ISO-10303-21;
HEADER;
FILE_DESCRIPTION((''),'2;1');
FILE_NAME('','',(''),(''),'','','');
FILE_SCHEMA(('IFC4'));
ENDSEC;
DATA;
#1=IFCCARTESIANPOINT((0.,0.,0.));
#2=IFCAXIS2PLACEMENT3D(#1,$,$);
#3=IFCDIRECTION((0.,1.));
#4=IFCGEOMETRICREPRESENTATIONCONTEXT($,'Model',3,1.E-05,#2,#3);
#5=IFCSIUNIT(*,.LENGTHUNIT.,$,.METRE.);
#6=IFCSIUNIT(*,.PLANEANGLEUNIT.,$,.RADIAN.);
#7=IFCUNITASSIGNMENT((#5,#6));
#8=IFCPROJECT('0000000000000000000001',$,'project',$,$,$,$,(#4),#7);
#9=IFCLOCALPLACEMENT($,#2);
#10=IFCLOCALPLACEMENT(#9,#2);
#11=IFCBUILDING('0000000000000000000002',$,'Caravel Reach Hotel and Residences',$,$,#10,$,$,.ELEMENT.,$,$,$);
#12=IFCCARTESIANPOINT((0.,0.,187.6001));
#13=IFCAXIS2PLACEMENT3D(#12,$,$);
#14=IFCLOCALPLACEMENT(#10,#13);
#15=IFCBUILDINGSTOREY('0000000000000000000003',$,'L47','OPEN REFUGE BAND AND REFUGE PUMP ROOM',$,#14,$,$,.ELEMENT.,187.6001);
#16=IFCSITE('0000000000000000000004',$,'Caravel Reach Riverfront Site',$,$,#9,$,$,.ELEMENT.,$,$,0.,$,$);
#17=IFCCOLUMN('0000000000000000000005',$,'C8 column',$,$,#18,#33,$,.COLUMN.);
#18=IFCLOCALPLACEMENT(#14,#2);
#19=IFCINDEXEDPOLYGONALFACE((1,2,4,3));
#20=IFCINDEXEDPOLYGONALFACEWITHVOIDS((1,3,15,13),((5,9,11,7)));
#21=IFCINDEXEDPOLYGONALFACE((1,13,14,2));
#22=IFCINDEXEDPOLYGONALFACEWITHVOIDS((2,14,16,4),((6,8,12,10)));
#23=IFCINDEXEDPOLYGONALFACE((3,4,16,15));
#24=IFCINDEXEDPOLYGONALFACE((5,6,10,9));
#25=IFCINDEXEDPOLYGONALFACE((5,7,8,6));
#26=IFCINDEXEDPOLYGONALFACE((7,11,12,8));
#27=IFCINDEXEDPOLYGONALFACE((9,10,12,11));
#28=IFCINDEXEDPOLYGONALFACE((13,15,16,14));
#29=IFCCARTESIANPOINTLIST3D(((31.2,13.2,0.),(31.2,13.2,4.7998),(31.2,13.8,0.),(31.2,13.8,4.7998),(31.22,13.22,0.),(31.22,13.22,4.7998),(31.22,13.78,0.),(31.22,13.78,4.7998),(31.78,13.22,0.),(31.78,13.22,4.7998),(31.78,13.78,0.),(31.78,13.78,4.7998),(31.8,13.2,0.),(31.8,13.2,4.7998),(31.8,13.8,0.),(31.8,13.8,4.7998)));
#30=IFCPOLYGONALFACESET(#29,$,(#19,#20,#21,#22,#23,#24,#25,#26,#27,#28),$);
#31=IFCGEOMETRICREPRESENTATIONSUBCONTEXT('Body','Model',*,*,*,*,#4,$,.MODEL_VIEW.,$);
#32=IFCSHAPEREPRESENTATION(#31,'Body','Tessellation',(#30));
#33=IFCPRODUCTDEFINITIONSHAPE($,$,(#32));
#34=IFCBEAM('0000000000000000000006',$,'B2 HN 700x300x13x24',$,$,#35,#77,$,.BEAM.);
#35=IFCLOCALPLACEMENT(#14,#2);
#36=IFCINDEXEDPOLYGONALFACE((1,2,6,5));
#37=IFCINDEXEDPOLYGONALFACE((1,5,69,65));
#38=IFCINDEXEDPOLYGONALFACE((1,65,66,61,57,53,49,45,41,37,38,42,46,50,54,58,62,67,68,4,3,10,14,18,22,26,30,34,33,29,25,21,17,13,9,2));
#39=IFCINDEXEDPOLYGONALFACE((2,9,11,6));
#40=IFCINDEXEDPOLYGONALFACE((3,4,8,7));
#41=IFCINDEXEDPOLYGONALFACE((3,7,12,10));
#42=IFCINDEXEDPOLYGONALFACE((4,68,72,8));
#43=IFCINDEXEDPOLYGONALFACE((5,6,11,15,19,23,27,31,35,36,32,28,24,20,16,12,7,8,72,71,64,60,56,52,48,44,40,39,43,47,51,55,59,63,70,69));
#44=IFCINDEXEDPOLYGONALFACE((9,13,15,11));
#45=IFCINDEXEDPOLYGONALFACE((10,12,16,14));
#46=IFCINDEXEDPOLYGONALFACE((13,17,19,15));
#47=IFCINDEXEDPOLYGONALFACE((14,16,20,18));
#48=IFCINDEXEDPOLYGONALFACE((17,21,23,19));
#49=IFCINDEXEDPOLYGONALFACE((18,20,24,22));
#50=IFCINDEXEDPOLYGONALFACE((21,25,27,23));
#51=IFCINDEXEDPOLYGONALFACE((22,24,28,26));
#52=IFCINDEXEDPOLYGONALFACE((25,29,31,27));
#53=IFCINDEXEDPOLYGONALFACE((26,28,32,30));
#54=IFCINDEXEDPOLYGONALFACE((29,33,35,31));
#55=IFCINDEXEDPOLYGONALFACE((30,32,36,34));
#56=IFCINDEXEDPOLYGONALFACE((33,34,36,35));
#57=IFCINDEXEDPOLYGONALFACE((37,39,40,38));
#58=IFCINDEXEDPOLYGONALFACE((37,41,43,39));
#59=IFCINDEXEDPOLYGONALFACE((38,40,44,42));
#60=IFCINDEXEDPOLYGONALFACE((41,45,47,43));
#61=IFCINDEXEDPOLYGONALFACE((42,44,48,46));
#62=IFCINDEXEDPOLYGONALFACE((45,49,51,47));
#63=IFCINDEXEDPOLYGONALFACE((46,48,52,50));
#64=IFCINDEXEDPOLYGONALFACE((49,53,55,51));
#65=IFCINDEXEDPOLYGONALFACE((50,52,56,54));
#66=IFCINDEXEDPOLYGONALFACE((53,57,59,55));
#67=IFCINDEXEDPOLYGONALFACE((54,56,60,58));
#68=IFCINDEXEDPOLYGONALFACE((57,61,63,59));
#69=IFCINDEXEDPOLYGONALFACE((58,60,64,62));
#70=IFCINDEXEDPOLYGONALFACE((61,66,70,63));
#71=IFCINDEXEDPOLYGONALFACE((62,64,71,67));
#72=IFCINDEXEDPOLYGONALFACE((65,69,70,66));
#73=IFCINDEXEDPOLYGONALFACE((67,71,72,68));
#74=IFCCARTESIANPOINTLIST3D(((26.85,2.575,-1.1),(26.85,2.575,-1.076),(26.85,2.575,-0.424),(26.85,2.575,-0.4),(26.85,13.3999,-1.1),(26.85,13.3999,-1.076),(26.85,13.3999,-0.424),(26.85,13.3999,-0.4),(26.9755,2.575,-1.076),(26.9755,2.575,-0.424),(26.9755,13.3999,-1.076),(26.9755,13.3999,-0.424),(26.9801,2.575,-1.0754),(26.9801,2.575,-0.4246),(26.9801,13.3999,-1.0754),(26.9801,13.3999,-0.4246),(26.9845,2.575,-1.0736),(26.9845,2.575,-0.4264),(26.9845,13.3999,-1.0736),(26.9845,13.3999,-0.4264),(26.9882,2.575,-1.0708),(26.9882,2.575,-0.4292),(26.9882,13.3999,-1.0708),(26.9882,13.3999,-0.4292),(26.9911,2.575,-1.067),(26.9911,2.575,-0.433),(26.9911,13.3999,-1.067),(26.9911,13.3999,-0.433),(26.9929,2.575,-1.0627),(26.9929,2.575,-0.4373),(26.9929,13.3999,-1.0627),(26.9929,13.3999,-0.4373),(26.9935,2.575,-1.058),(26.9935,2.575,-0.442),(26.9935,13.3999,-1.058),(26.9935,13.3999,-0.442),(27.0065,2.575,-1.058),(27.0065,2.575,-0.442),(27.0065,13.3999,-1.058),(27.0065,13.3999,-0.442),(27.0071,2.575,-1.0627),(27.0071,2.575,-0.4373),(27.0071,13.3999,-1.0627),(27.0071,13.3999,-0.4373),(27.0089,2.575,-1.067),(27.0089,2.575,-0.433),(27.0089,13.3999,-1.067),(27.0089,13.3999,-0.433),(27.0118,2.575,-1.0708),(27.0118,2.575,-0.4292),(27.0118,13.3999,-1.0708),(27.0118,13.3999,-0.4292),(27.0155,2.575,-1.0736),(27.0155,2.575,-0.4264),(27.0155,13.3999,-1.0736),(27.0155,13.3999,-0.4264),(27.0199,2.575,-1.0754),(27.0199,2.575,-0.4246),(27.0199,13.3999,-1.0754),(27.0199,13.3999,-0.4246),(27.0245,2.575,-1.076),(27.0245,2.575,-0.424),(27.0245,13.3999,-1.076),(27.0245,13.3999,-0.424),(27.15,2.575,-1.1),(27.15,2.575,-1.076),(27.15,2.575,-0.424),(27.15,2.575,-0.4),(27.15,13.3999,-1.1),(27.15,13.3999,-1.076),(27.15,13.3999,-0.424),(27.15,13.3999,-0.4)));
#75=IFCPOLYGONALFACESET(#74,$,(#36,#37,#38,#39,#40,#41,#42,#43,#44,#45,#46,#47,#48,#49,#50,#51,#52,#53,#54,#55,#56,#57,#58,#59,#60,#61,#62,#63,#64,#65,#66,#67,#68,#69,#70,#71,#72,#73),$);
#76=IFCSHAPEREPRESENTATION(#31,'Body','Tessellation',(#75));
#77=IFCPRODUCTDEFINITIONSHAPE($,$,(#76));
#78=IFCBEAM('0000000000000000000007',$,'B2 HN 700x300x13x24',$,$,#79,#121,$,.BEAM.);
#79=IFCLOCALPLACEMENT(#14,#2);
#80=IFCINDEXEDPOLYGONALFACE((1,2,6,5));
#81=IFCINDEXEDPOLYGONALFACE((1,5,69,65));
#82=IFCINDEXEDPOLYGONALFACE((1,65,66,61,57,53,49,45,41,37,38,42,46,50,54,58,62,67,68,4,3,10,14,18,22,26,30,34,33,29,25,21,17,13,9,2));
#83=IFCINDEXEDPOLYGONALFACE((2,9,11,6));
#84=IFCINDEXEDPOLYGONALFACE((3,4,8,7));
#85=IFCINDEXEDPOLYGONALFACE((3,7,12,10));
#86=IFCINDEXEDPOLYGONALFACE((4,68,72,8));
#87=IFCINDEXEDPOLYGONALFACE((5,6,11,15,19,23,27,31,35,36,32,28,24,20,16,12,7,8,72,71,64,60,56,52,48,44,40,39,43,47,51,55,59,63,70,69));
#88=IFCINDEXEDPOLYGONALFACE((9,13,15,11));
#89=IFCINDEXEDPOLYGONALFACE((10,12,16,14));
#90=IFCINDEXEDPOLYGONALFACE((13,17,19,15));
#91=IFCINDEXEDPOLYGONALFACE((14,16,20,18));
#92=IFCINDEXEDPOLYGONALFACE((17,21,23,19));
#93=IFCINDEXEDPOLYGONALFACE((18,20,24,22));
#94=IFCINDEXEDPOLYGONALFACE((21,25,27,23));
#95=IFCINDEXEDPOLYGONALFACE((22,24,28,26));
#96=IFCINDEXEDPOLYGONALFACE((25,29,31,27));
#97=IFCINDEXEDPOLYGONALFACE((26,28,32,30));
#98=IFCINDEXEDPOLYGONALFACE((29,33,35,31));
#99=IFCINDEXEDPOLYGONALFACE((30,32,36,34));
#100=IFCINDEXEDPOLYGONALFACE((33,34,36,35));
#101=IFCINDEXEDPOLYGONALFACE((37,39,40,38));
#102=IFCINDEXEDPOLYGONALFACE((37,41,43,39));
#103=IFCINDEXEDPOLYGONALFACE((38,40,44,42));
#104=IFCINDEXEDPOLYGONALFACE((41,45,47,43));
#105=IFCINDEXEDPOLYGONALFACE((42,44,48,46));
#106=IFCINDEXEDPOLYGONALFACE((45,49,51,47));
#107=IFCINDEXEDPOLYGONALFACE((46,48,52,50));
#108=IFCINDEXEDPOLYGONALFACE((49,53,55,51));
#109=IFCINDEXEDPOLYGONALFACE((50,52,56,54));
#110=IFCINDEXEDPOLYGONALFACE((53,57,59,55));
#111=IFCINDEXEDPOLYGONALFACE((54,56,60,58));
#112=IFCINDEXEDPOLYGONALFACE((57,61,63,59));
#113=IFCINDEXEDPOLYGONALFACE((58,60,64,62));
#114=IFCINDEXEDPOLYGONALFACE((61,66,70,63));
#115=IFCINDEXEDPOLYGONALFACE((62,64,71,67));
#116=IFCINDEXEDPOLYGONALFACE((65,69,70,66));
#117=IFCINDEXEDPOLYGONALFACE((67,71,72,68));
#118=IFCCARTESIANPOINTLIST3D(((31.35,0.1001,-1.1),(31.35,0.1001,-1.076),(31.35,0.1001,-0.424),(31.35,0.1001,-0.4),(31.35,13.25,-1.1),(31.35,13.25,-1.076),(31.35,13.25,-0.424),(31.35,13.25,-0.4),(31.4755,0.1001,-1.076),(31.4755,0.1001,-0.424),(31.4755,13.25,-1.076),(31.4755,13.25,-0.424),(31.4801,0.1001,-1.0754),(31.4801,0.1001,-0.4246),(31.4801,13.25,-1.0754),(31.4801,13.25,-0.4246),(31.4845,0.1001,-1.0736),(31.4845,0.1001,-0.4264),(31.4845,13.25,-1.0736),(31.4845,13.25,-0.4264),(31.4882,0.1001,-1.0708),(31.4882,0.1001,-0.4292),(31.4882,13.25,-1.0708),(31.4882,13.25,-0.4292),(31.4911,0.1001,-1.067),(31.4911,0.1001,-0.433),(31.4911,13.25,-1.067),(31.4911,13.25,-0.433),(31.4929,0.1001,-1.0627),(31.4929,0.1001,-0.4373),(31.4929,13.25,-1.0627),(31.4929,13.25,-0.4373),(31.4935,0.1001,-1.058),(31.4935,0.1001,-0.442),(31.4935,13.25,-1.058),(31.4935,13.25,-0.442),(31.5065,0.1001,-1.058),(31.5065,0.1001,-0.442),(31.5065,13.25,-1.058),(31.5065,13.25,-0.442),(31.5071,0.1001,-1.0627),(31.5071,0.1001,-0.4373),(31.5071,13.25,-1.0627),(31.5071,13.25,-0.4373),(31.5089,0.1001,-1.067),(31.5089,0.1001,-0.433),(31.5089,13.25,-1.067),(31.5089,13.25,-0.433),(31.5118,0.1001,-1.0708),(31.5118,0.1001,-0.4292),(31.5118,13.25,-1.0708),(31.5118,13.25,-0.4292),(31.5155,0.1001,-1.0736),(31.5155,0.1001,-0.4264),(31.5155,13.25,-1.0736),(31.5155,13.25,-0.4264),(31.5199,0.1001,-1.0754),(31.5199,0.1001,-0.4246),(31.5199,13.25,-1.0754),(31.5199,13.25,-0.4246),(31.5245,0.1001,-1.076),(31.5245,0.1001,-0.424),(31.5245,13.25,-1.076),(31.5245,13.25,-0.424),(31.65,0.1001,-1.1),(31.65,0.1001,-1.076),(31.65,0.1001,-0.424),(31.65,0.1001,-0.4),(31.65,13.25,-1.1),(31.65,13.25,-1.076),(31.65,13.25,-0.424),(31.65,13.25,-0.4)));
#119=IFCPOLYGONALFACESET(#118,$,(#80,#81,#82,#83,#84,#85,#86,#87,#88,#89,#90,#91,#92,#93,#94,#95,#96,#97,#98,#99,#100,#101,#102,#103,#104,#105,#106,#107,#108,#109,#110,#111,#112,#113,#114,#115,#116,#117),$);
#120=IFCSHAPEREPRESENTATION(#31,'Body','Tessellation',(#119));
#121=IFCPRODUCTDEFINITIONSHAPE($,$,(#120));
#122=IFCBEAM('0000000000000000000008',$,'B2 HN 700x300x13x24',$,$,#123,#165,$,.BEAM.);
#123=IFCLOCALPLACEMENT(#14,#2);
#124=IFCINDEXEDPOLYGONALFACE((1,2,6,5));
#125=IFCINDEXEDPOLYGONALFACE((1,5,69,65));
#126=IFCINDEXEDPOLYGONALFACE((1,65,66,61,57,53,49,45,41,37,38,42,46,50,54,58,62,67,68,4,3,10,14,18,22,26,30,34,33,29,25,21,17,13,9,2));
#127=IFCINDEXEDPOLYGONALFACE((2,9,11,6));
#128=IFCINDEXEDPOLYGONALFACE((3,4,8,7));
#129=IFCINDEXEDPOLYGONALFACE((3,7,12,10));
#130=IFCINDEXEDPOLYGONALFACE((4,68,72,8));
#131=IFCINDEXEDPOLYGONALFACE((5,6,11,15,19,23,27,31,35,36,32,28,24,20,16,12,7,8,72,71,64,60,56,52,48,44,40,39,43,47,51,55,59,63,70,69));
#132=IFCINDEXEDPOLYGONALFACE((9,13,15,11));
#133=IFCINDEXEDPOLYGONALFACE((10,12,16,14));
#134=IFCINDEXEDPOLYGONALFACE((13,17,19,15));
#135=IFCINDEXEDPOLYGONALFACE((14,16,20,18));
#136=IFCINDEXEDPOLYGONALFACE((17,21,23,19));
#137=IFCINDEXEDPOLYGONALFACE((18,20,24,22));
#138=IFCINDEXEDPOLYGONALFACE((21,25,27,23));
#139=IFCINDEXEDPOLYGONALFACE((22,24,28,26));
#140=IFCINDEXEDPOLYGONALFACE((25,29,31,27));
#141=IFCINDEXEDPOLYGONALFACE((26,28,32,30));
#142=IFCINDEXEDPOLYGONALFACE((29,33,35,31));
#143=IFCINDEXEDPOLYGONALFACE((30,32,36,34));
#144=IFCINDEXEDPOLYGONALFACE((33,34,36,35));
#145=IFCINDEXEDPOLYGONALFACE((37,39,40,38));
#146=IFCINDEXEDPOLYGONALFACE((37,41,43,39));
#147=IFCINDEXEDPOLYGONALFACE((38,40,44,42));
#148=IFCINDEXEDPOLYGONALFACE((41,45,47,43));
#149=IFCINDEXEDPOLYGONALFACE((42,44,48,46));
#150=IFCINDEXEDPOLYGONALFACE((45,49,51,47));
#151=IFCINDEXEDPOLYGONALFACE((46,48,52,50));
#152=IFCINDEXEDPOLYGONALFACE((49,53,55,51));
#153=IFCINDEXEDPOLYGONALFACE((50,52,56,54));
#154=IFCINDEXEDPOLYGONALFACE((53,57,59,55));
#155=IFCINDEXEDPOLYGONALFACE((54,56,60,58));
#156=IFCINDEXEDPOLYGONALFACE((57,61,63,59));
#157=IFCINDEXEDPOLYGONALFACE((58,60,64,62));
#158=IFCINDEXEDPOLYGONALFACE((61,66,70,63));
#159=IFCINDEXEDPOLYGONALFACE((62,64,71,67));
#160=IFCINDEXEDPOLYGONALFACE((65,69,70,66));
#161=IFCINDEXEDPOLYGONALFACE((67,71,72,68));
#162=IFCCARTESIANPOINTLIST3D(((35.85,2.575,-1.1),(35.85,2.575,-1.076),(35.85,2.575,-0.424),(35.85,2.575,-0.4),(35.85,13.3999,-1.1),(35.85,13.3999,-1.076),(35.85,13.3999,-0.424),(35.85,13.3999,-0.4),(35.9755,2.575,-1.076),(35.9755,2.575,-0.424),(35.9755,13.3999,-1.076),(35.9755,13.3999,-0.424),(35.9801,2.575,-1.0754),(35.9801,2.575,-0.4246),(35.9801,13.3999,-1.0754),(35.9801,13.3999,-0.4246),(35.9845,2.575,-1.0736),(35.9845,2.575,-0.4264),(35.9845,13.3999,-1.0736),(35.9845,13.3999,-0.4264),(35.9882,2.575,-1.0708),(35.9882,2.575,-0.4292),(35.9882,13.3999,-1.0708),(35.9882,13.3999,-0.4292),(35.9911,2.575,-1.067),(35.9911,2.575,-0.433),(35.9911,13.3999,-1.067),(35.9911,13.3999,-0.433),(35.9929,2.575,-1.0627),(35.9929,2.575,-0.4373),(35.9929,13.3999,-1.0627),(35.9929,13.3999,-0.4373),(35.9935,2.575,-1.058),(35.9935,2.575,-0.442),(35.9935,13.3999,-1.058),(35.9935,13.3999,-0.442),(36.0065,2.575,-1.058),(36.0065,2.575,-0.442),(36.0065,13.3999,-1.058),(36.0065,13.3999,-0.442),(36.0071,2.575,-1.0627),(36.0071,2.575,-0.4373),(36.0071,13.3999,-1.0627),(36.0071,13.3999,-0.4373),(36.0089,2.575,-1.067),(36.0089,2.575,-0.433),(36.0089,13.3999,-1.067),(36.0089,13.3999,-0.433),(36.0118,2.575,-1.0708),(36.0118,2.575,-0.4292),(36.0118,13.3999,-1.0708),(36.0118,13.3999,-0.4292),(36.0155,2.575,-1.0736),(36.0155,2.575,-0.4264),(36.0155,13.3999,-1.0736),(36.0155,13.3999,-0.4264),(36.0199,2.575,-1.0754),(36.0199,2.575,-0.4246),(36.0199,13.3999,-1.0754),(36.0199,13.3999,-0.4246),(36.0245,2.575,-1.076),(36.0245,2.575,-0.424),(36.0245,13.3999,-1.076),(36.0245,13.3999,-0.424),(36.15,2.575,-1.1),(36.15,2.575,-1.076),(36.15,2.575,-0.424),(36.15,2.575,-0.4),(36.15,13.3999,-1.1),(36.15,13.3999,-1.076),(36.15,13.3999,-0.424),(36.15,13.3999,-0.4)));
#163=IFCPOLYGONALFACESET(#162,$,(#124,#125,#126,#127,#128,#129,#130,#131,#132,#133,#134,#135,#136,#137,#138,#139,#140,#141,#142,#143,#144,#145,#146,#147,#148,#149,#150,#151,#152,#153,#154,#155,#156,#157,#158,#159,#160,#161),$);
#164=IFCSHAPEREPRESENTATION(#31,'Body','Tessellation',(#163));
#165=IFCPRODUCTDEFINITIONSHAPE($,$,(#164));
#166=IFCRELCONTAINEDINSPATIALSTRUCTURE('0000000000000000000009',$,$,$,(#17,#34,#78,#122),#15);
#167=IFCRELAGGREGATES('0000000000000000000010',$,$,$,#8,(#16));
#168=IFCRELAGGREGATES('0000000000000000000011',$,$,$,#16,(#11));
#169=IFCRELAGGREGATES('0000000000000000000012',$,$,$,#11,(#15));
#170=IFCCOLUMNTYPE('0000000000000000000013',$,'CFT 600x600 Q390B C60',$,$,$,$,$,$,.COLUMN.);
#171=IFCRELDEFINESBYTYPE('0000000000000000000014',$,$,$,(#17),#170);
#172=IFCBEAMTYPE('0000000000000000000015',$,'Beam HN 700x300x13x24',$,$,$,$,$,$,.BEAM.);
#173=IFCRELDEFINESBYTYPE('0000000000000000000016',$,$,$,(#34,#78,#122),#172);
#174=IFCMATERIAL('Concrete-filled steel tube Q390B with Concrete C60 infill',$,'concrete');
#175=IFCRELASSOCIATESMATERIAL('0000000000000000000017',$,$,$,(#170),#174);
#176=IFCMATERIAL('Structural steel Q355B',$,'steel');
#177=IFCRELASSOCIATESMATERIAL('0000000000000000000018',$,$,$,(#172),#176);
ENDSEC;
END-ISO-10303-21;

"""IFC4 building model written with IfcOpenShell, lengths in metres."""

from ifc_helpers import new_model, si_unit, direction, frame, origin, origin_2d, place, context, subcontext, project, spatial, hollow_rectangle, i_section, extrude, material, material_profile, profile_set, type_object, element, save


model = new_model("IFC4")

# Units and contexts
model_context = context("Model", 3, precision=1e-05, world=origin(), true_north=direction((0.0, 1.0)))
body_context = subcontext(model_context, "Body", "Model", "MODEL_VIEW")
ifc_project = project(units=[si_unit("LENGTHUNIT", "METRE"), si_unit("PLANEANGLEUNIT", "RADIAN")], contexts=[model_context])

# Site, building, storey
site_placement = place(None, origin())
site = spatial("IfcSite", under=ifc_project, at=site_placement, Name="Caravel Reach Riverfront Site", CompositionType="ELEMENT", RefElevation=0.0)
building_placement = place(site_placement, origin())
building = spatial("IfcBuilding", under=site, at=building_placement, Name="Caravel Reach Hotel and Residences", CompositionType="ELEMENT")
storey_placement = place(building_placement, frame((0.0, 0.0, 187.6001)))
storey = spatial("IfcBuildingStorey", under=building, at=storey_placement, Name="L47", Description="OPEN REFUGE BAND AND REFUGE PUMP ROOM", CompositionType="ELEMENT", Elevation=187.6001)

# Column
ifc_material_1 = material(Name="Concrete-filled steel tube Q390B with Concrete C60 infill", Category="concrete")
ifc_material_profile_1 = material_profile(ifc_material_1, hollow_rectangle(XDim=0.6001, YDim=0.6001, WallThickness=0.02, at=origin_2d()), Name="RHS 600x600x20")
ifc_profile_set_1 = profile_set([ifc_material_profile_1], Name="Concrete-filled steel tube Q390B with Concrete C60 infill")
column_type = type_object("IfcColumnType", Name="CFT 600x600 Q390B C60", PredefinedType="COLUMN", material=ifc_profile_set_1)
column_placement = place(storey_placement, frame((31.5, 13.5, 0.0), z_axis=(0.0, 0.0, 1.0), x_axis=(1.0, 0.0, 0.0)))
element("IfcColumn", 1, at=column_placement, inside=storey, type_object=column_type, Name="C8 column", PredefinedType="COLUMN", context=body_context, shape_type="SweptSolid", body=[
    extrude(hollow_rectangle(XDim=0.6001, YDim=0.6001, WallThickness=0.02, at=origin_2d()), origin(), (0.0, 0.0, 1.0), 4.7998),
])

# Beams
ifc_material_2 = material(Name="Structural steel Q355B", Category="steel")
ifc_material_profile_2 = material_profile(ifc_material_2, i_section(OverallWidth=0.3, OverallDepth=0.7, WebThickness=0.0129, FlangeThickness=0.0239, FilletRadius=0.0181, at=origin_2d()), Name="HN 700x300x13x24")
ifc_profile_set_2 = profile_set([ifc_material_profile_2], Name="Structural steel Q355B")
beam_type_1 = type_object("IfcBeamType", Name="Beam HN 700x300x13x24", PredefinedType="BEAM", material=ifc_profile_set_2)
beam_1_placement = place(storey_placement, frame((27.0, 13.3999, -0.75), z_axis=(0.0, -1.0, 0.0), x_axis=(1.0, 0.0, 0.0)))
element("IfcBeam", 2, at=beam_1_placement, inside=storey, type_object=beam_type_1, Name="B2 HN 700x300x13x24", PredefinedType="BEAM", context=body_context, shape_type="SweptSolid", body=[
    extrude(i_section(OverallWidth=0.3, OverallDepth=0.7, WebThickness=0.0129, FlangeThickness=0.0239, FilletRadius=0.0181, at=origin_2d()), origin(), (0.0, 0.0, 1.0), 10.825),
])
beam_2_placement = place(storey_placement, frame((31.5, 13.25, -0.75), z_axis=(0.0, -1.0, 0.0), x_axis=(1.0, 0.0, 0.0)))
element("IfcBeam", 3, at=beam_2_placement, inside=storey, type_object=beam_type_1, Name="B2 HN 700x300x13x24", PredefinedType="BEAM", context=body_context, shape_type="SweptSolid", body=[
    extrude(i_section(OverallWidth=0.3, OverallDepth=0.7, WebThickness=0.0129, FlangeThickness=0.0239, FilletRadius=0.0181, at=origin_2d()), origin(), (0.0, 0.0, 1.0), 13.1499),
])
beam_3_placement = place(storey_placement, frame((36.0, 13.3999, -0.75), z_axis=(0.0, -1.0, 0.0), x_axis=(1.0, 0.0, 0.0)))
element("IfcBeam", 4, at=beam_3_placement, inside=storey, type_object=beam_type_1, Name="B2 HN 700x300x13x24", PredefinedType="BEAM", context=body_context, shape_type="SweptSolid", body=[
    extrude(i_section(OverallWidth=0.3, OverallDepth=0.7, WebThickness=0.0129, FlangeThickness=0.0239, FilletRadius=0.0181, at=origin_2d()), origin(), (0.0, 0.0, 1.0), 10.825),
])

save(model, "model.ifc")
